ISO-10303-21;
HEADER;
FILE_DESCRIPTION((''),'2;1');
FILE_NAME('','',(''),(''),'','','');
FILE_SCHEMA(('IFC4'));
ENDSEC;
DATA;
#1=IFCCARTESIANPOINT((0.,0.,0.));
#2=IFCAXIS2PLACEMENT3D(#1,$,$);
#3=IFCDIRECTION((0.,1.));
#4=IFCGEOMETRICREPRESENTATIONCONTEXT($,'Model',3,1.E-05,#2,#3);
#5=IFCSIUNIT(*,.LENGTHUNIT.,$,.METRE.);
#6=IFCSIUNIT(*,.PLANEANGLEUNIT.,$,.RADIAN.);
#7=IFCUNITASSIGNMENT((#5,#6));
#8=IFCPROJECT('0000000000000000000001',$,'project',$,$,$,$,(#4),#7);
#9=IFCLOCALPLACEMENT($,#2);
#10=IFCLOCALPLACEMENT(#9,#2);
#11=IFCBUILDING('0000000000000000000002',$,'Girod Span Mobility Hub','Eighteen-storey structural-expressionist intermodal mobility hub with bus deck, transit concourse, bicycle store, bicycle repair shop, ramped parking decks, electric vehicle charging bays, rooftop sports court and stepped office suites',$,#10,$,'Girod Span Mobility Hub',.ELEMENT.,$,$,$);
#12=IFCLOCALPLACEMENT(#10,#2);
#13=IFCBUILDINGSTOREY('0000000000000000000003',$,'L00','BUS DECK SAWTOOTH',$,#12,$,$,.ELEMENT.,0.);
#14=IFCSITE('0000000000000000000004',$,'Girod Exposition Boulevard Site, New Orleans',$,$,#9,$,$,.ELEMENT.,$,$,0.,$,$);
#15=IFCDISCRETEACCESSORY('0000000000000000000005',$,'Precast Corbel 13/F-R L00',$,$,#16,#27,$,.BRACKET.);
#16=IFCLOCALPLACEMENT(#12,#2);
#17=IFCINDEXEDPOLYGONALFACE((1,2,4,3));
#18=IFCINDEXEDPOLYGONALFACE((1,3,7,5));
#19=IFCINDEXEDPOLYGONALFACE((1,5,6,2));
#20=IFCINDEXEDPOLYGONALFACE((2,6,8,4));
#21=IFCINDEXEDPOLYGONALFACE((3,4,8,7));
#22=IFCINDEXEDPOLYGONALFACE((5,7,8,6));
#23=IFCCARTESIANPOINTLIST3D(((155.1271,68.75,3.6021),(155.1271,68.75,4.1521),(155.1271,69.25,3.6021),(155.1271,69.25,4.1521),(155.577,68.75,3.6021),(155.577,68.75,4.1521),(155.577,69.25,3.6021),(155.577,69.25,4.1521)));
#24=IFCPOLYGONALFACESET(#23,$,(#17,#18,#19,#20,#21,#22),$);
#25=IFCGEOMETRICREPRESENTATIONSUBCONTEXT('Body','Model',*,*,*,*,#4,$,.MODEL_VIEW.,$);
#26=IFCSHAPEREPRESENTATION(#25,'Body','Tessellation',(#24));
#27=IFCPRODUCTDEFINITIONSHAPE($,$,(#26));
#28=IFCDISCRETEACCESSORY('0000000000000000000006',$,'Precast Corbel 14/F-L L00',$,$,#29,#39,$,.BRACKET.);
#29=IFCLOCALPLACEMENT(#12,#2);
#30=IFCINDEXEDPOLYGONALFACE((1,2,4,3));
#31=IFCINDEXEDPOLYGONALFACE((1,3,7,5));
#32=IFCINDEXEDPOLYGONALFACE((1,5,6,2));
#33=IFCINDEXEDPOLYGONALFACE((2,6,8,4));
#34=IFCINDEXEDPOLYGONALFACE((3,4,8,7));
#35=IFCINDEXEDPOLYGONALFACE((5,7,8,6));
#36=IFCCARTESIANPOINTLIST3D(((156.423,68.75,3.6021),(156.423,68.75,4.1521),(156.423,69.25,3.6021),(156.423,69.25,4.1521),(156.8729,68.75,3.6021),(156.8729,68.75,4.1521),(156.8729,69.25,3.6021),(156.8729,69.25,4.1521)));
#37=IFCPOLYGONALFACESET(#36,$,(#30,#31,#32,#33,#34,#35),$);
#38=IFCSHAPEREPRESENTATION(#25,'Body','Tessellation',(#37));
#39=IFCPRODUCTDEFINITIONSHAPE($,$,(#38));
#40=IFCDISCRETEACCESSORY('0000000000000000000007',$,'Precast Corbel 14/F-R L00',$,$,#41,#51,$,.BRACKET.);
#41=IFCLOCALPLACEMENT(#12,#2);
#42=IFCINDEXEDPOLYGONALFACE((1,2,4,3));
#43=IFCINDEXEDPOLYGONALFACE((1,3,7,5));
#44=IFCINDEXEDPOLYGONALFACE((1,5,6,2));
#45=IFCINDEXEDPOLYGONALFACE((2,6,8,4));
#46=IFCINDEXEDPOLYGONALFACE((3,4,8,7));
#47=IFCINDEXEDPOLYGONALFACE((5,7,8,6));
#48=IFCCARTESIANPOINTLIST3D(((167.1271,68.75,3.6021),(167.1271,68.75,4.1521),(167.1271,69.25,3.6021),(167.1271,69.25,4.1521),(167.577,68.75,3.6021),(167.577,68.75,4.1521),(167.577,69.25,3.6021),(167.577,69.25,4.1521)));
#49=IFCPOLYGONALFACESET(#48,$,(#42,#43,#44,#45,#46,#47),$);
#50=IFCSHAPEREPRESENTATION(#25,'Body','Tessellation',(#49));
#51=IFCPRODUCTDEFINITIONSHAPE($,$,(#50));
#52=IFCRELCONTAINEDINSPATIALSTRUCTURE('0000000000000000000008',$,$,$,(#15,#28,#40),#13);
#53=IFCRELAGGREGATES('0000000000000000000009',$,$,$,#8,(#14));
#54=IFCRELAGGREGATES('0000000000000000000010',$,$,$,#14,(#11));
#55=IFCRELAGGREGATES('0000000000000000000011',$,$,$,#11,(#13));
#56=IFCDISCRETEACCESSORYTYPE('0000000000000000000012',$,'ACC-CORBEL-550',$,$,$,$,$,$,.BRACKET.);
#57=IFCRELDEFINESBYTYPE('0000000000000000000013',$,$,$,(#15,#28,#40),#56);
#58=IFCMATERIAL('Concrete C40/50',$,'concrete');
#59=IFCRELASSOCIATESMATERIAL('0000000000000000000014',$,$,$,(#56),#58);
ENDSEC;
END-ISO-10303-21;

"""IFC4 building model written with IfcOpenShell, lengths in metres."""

from ifc_helpers import new_model, si_unit, direction, frame, origin, origin_2d, place, context, subcontext, project, spatial, rectangle, extrude, material, type_object, element, save


model = new_model("IFC4")

# Units and contexts
model_context = context("Model", 3, precision=1e-05, world=origin(), true_north=direction((0.0, 1.0)))
body_context = subcontext(model_context, "Body", "Model", "MODEL_VIEW")
ifc_project = project(units=[si_unit("LENGTHUNIT", "METRE"), si_unit("PLANEANGLEUNIT", "RADIAN")], contexts=[model_context])

# Site, building, storey
site_placement = place(None, origin())
site = spatial("IfcSite", under=ifc_project, at=site_placement, Name="Girod Exposition Boulevard Site, New Orleans", CompositionType="ELEMENT", RefElevation=0.0)
building_placement = place(site_placement, origin())
building = spatial("IfcBuilding", under=site, at=building_placement, Name="Girod Span Mobility Hub", Description="Eighteen-storey structural-expressionist intermodal mobility hub with bus deck, transit concourse, bicycle store, bicycle repair shop, ramped parking decks, electric vehicle charging bays, rooftop sports court and stepped office suites", LongName="Girod Span Mobility Hub", CompositionType="ELEMENT")
storey_placement = place(building_placement, origin())
storey = spatial("IfcBuildingStorey", under=building, at=storey_placement, Name="L00", Description="BUS DECK SAWTOOTH", CompositionType="ELEMENT", Elevation=0.0)

# Discrete accessories
ifc_material_1 = material(Name="Concrete C40/50", Category="concrete")
discrete_accessory_type = type_object("IfcDiscreteAccessoryType", Name="ACC-CORBEL-550", PredefinedType="BRACKET", material=ifc_material_1)
for number, where, z_axis, x_axis, name in (
    (1, (155.3521, 69.0, 3.6021), (0.0, 0.0, 1.0), (1.0, 0.0, 0.0), "Precast Corbel 13/F-R L00"),
    (2, (156.6479, 69.0, 3.6021), (0.0, 0.0, 1.0), (1.0, 0.0, 0.0), "Precast Corbel 14/F-L L00"),
    (3, (167.3521, 69.0, 3.6021), (0.0, 0.0, 1.0), (1.0, 0.0, 0.0), "Precast Corbel 14/F-R L00"),
):
    element("IfcDiscreteAccessory", number, at=place(storey_placement, frame(where, z_axis=z_axis, x_axis=x_axis)), inside=storey, type_object=discrete_accessory_type, Name=name, PredefinedType="BRACKET", context=body_context, shape_type="SweptSolid", body=[
        extrude(rectangle(XDim=0.45, YDim=0.5, at=origin_2d()), origin(), (0.0, 0.0, 1.0), 0.55),
    ])

save(model, "model.ifc")
